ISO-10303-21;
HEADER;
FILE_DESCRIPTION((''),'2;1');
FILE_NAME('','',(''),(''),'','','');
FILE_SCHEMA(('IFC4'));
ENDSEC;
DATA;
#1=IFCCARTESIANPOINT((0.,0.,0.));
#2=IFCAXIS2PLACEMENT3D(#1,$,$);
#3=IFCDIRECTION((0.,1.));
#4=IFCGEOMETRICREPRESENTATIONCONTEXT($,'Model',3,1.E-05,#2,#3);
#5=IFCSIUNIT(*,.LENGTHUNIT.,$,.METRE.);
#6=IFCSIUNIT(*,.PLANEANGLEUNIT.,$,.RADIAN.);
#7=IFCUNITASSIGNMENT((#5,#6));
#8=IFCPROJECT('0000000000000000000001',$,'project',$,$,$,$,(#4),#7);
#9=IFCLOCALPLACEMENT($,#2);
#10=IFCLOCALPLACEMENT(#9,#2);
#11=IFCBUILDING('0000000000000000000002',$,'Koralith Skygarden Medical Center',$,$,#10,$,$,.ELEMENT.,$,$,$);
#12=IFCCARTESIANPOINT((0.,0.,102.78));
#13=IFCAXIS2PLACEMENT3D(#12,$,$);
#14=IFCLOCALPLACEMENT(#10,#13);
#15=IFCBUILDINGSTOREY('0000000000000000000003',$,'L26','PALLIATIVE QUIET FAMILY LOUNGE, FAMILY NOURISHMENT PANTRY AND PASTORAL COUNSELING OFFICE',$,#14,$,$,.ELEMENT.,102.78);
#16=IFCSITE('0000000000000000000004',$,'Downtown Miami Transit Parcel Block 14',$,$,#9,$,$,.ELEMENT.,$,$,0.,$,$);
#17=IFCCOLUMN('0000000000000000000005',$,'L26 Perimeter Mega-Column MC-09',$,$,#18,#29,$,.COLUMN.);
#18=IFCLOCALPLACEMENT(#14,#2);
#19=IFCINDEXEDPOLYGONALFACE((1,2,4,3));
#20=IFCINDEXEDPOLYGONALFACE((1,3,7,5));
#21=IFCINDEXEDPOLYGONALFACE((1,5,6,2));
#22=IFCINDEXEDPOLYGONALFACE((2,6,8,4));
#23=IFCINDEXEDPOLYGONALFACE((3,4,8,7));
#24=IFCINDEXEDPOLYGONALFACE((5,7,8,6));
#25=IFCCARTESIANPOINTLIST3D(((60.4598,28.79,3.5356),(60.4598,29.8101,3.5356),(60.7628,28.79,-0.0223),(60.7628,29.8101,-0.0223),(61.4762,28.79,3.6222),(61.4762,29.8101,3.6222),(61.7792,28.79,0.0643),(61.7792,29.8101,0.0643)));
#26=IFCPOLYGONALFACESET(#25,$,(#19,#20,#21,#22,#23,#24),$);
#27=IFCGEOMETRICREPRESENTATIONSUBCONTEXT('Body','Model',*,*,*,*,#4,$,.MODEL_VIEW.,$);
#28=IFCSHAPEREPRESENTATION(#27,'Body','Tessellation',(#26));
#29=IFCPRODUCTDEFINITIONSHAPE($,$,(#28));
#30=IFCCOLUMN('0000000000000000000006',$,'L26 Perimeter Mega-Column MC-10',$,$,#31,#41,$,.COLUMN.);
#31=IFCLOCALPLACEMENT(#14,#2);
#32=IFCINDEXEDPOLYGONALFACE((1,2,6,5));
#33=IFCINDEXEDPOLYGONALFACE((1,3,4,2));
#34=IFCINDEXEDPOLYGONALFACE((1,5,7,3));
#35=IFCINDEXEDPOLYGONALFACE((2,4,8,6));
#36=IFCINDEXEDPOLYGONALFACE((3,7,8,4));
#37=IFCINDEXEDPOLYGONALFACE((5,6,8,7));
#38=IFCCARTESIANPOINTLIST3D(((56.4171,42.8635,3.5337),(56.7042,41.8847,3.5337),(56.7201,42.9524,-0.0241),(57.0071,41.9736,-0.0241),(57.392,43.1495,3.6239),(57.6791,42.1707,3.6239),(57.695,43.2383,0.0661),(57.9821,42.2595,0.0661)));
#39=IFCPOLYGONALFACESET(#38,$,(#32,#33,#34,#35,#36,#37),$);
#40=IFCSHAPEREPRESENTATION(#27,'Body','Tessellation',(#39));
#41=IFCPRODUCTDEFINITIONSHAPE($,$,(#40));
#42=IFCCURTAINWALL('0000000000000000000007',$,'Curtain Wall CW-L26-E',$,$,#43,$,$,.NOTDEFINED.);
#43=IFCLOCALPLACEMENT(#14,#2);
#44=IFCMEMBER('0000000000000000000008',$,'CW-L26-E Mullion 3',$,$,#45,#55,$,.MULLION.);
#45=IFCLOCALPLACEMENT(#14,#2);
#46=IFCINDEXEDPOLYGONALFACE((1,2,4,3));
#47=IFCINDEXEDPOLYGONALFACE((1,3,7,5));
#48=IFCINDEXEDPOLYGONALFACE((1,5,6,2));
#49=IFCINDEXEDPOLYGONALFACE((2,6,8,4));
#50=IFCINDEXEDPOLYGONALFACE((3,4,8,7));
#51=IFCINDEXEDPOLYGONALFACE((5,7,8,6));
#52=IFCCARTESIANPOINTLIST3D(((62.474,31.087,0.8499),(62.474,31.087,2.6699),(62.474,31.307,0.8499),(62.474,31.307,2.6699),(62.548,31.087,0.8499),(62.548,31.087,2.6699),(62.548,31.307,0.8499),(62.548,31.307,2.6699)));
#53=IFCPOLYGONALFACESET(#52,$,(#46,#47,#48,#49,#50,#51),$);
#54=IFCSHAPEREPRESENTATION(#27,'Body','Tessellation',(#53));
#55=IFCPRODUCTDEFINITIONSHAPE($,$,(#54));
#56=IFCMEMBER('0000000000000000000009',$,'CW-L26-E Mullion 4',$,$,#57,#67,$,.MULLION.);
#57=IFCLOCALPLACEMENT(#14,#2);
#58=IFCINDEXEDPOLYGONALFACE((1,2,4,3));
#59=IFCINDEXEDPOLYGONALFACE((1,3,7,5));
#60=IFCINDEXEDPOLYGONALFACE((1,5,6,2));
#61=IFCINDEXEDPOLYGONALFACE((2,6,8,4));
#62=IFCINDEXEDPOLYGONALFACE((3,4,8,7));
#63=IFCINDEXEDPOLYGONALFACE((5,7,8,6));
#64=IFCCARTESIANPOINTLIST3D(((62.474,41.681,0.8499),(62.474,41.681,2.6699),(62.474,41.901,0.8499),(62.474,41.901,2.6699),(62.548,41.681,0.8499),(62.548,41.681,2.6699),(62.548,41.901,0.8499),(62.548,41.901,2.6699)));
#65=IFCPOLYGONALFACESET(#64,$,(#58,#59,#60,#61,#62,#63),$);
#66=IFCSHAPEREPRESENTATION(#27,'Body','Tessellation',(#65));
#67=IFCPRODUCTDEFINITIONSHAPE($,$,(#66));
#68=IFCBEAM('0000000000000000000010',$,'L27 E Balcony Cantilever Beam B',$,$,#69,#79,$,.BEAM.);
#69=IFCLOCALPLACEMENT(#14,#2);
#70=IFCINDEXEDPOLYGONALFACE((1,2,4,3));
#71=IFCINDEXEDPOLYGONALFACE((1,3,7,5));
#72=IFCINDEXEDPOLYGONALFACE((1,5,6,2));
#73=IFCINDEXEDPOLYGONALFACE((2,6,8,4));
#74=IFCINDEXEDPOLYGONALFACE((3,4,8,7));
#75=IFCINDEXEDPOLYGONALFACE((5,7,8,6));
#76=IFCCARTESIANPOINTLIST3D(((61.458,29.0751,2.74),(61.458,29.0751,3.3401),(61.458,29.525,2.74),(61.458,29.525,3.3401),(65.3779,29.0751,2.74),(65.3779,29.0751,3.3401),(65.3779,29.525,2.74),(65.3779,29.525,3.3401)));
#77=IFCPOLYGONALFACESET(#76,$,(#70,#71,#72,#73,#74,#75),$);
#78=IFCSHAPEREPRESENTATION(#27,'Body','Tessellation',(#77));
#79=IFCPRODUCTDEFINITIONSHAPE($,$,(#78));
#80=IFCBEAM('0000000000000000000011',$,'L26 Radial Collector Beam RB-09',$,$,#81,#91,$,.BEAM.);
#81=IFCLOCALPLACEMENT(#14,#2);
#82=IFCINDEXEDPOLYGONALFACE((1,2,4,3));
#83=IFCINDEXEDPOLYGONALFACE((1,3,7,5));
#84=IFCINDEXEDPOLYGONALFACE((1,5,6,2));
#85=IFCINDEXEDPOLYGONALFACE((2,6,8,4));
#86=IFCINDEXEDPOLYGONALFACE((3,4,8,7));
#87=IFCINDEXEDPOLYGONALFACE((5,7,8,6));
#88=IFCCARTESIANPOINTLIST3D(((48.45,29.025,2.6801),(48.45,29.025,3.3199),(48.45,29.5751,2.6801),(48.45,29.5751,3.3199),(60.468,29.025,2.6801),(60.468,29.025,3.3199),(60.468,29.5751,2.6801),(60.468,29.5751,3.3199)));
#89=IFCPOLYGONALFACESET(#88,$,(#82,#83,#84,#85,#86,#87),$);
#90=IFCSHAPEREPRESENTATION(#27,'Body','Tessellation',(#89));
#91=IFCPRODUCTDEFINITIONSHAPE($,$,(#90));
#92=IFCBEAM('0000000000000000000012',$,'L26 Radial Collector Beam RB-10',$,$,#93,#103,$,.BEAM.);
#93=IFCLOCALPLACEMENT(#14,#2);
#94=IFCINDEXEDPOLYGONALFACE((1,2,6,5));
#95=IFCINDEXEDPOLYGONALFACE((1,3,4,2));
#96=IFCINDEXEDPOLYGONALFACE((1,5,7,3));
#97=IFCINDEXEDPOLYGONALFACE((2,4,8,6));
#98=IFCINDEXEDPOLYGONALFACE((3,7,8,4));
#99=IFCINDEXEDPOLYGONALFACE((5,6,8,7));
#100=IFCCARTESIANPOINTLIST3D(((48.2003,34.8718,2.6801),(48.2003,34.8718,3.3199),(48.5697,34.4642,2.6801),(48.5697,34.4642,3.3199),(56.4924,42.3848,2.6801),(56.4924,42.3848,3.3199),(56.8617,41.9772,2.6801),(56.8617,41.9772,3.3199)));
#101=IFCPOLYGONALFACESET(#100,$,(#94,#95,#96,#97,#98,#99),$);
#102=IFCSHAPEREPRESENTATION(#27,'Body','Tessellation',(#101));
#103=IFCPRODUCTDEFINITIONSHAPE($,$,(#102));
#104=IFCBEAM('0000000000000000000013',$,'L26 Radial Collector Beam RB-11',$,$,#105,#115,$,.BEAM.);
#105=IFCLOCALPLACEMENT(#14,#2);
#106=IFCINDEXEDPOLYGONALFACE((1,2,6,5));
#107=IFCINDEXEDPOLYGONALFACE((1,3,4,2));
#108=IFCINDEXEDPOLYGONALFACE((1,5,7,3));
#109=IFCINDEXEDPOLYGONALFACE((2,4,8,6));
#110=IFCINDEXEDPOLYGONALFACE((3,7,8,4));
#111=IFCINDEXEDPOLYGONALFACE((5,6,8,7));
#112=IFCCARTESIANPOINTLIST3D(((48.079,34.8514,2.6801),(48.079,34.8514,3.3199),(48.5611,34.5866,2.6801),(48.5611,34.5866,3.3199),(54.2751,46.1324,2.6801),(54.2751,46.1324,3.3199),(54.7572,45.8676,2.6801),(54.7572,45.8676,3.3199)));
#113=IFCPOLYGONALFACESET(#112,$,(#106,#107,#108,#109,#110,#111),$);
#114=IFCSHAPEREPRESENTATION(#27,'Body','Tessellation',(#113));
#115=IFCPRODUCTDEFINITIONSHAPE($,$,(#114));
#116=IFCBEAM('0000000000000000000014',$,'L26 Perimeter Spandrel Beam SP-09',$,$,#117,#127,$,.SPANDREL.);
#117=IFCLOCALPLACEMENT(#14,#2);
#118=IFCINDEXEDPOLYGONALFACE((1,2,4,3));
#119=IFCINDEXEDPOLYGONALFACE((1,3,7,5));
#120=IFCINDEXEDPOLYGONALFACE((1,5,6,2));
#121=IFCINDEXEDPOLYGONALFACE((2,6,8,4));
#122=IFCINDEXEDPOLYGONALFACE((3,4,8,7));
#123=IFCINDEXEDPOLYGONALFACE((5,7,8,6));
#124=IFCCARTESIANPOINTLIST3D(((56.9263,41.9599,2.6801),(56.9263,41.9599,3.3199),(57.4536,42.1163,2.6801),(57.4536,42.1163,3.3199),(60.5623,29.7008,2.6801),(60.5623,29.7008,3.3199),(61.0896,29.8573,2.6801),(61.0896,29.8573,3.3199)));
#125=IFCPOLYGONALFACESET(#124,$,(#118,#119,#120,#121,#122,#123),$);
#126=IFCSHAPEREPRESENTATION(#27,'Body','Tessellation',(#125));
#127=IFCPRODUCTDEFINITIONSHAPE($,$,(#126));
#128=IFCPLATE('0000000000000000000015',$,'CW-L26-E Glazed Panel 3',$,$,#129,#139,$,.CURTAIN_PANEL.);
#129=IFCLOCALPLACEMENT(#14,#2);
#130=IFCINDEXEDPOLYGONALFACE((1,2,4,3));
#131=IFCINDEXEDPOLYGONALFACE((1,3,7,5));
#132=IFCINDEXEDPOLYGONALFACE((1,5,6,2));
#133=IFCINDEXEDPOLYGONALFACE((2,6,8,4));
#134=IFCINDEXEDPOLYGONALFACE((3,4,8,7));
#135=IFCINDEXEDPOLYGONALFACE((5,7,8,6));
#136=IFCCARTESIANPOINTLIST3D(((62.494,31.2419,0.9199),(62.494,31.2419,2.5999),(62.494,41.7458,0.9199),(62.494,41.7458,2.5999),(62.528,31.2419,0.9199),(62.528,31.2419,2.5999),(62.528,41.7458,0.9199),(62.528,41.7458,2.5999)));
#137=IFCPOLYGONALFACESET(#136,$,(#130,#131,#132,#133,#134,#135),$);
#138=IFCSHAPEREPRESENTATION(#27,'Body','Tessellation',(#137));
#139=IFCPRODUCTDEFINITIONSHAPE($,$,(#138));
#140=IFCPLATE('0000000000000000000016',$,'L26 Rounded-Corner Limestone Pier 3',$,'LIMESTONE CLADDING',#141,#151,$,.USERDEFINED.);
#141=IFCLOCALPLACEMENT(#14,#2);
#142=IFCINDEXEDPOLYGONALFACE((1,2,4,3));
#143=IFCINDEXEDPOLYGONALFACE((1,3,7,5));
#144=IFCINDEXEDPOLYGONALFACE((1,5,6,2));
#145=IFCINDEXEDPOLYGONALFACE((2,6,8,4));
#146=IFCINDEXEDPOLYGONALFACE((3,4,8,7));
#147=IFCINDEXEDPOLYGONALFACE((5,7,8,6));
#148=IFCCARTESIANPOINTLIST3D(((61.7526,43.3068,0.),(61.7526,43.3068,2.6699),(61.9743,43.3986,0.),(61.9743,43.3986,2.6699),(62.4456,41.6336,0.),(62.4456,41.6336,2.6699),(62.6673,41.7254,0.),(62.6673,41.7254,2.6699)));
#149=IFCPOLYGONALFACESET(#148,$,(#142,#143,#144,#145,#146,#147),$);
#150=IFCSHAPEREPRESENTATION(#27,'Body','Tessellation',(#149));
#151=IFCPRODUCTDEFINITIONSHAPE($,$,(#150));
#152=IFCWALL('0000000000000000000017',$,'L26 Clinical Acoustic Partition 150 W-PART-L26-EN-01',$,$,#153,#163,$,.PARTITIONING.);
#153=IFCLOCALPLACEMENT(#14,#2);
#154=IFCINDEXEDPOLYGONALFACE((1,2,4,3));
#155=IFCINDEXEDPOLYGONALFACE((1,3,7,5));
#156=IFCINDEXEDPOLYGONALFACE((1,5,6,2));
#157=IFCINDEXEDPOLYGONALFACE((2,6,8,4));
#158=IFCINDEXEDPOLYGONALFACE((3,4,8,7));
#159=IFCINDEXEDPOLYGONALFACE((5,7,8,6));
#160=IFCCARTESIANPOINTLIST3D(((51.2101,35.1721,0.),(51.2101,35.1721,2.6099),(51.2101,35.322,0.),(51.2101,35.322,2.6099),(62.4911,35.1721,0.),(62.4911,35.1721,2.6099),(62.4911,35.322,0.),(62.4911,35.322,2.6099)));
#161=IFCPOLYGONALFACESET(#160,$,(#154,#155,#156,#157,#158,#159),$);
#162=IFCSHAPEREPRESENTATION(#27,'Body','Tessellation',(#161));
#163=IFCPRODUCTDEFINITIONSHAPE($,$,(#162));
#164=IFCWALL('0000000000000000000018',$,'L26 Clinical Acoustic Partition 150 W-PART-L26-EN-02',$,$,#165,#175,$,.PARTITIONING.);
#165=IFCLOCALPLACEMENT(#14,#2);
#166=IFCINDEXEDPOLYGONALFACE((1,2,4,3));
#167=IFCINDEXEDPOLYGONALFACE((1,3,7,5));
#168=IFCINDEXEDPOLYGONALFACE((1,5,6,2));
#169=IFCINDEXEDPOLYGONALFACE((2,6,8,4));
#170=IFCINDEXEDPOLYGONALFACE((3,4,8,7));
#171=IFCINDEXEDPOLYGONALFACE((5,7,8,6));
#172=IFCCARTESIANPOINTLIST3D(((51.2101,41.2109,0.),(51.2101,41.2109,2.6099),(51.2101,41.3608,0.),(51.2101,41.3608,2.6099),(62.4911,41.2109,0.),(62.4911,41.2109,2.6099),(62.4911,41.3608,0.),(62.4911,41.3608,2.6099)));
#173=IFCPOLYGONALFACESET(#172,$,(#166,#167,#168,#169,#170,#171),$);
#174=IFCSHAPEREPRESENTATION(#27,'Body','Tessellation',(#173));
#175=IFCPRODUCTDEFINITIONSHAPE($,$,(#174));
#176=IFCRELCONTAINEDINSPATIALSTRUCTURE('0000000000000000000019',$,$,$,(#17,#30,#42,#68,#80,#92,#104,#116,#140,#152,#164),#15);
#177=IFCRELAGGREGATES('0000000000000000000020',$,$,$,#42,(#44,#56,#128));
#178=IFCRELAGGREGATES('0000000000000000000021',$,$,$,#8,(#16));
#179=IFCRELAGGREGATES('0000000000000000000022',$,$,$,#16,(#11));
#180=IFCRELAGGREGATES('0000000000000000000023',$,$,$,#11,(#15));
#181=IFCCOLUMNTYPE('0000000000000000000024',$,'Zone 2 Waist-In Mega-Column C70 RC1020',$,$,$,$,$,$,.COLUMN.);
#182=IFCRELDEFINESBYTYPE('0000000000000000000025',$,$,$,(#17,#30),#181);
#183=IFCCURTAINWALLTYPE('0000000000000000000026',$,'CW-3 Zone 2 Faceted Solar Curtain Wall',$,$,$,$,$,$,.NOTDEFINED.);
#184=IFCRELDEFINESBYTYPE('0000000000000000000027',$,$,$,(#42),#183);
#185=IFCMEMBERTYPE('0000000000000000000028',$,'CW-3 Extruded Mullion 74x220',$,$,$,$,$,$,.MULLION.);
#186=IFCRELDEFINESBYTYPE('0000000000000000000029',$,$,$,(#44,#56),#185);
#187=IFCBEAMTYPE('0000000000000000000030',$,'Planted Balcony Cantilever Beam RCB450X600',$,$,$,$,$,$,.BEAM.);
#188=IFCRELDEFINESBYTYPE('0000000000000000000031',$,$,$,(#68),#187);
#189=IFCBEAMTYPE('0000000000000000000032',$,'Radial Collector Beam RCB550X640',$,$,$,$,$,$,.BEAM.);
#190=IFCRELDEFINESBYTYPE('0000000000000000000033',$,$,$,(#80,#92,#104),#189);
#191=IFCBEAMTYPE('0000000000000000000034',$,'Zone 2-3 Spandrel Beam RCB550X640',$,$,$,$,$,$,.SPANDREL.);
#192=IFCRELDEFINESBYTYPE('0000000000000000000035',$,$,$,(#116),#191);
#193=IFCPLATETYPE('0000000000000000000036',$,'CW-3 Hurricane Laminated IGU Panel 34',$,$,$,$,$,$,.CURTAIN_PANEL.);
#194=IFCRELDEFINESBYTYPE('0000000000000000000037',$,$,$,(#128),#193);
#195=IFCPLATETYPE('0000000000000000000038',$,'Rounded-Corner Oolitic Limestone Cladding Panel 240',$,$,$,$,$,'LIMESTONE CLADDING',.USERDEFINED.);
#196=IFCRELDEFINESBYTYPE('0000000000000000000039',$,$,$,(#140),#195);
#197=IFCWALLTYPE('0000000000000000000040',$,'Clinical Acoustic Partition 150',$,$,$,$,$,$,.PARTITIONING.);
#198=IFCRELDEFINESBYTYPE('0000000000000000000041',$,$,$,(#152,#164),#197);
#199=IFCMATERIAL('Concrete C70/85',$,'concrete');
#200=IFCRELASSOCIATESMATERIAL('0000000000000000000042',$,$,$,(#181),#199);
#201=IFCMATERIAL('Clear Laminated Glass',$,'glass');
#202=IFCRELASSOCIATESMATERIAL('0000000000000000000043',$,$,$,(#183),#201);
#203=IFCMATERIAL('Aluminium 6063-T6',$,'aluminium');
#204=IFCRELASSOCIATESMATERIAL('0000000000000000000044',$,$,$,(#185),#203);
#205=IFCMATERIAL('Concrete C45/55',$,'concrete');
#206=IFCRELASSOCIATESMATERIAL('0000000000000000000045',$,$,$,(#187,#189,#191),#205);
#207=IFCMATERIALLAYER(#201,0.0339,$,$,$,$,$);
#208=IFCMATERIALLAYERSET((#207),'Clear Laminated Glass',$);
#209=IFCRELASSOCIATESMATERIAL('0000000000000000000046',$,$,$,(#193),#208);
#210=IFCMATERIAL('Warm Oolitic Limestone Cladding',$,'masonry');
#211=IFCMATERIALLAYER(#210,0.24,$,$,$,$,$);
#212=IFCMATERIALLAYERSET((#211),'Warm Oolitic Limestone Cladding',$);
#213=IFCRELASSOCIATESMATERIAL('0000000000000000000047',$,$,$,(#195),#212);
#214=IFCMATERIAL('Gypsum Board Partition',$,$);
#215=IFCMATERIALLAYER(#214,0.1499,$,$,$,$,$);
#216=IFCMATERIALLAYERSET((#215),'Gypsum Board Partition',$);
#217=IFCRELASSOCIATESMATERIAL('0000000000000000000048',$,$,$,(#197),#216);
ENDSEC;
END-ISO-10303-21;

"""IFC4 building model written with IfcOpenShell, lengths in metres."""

from ifc_helpers import new_model, si_unit, direction, frame, frame_2d, origin, origin_2d, place, context, subcontext, project, spatial, rectangle, extrude, material, layer, layer_set, material_profile, profile_set, type_object, element, aggregate, save


model = new_model("IFC4")

# Units and contexts
model_context = context("Model", 3, precision=1e-05, world=origin(), true_north=direction((0.0, 1.0)))
body_context = subcontext(model_context, "Body", "Model", "MODEL_VIEW")
ifc_project = project(units=[si_unit("LENGTHUNIT", "METRE"), si_unit("PLANEANGLEUNIT", "RADIAN")], contexts=[model_context])

# Site, building, storey
site_placement = place(None, origin())
site = spatial("IfcSite", under=ifc_project, at=site_placement, Name="Downtown Miami Transit Parcel Block 14", CompositionType="ELEMENT", RefElevation=0.0)
building_placement = place(site_placement, origin())
building = spatial("IfcBuilding", under=site, at=building_placement, Name="Koralith Skygarden Medical Center", CompositionType="ELEMENT")
storey_placement = place(building_placement, frame((0.0, 0.0, 102.78)))
storey = spatial("IfcBuildingStorey", under=building, at=storey_placement, Name="L26", Description="PALLIATIVE QUIET FAMILY LOUNGE, FAMILY NOURISHMENT PANTRY AND PASTORAL COUNSELING OFFICE", CompositionType="ELEMENT", Elevation=102.78)

# Columns
ifc_material_1 = material(Name="Concrete C70/85", Category="concrete")
ifc_material_profile_1 = material_profile(ifc_material_1, rectangle(XDim=1.02, YDim=1.02, at=origin_2d()), Name="RC1020X1020")
ifc_profile_set_1 = profile_set([ifc_material_profile_1], Name="Concrete C70/85")
column_type = type_object("IfcColumnType", Name="Zone 2 Waist-In Mega-Column C70 RC1020", PredefinedType="COLUMN", material=ifc_profile_set_1)
column_1_placement = place(storey_placement, frame((61.271, 29.3, 0.021), z_axis=(-0.08485, 0.0, 0.996394), x_axis=(0.0, -1.0, 0.0)))
element("IfcColumn", 1, at=column_1_placement, inside=storey, type_object=column_type, Name="L26 Perimeter Mega-Column MC-09", PredefinedType="COLUMN", context=body_context, shape_type="SweptSolid", body=[
    extrude(rectangle(XDim=1.02, YDim=1.02, at=origin_2d()), origin(), (0.0, 0.0, 1.0), 3.5708),
])
column_2_placement = place(storey_placement, frame((57.3511, 42.606, 0.021), z_axis=(-0.084824, -0.02488, 0.996085), x_axis=(0.281455, -0.959575, 0.0)))
element("IfcColumn", 2, at=column_2_placement, inside=storey, type_object=column_type, Name="L26 Perimeter Mega-Column MC-10", PredefinedType="COLUMN", context=body_context, shape_type="SweptSolid", body=[
    extrude(rectangle(XDim=1.02, YDim=1.02, at=origin_2d()), origin(), (0.0, 0.0, 1.0), 3.5718),
])

# Curtain wall, members
ifc_material_2 = material(Name="Clear Laminated Glass", Category="glass")
curtain_wall_type = type_object("IfcCurtainWallType", Name="CW-3 Zone 2 Faceted Solar Curtain Wall", PredefinedType="NOTDEFINED", material=ifc_material_2)
curtain_wall_placement = place(storey_placement, origin())
curtain_wall = element("IfcCurtainWall", 3, at=curtain_wall_placement, inside=storey, type_object=curtain_wall_type, Name="Curtain Wall CW-L26-E", PredefinedType="NOTDEFINED")
ifc_material_3 = material(Name="Aluminium 6063-T6", Category="aluminium")
ifc_material_profile_2 = material_profile(ifc_material_3, rectangle(XDim=0.074, YDim=0.22, at=origin_2d()), Name="MUL74X220")
ifc_profile_set_2 = profile_set([ifc_material_profile_2], Name="Aluminium 6063-T6")
member_type = type_object("IfcMemberType", Name="CW-3 Extruded Mullion 74x220", PredefinedType="MULLION", material=ifc_profile_set_2)
member_1_placement = place(storey_placement, frame((62.511, 31.197, 0.8499), z_axis=(0.0, 0.0, 1.0), x_axis=(1.0, 0.0, 0.0)))
member_1 = element("IfcMember", 4, at=member_1_placement, type_object=member_type, Name="CW-L26-E Mullion 3", PredefinedType="MULLION", context=body_context, shape_type="SweptSolid", body=[
    extrude(rectangle(XDim=0.074, YDim=0.22, at=origin_2d()), origin(), (0.0, 0.0, 1.0), 1.8201),
])
member_2_placement = place(storey_placement, frame((62.511, 41.791, 0.8499), z_axis=(0.0, 0.0, 1.0), x_axis=(1.0, 0.0, 0.0)))
member_2 = element("IfcMember", 5, at=member_2_placement, type_object=member_type, Name="CW-L26-E Mullion 4", PredefinedType="MULLION", context=body_context, shape_type="SweptSolid", body=[
    extrude(rectangle(XDim=0.074, YDim=0.22, at=origin_2d()), origin(), (0.0, 0.0, 1.0), 1.8201),
])

# Beams
ifc_material_4 = material(Name="Concrete C45/55", Category="concrete")
ifc_material_profile_3 = material_profile(ifc_material_4, rectangle(XDim=0.45, YDim=0.6001, at=origin_2d()), Name="RCB450X600")
ifc_profile_set_3 = profile_set([ifc_material_profile_3], Name="Concrete C45/55")
beam_type_1 = type_object("IfcBeamType", Name="Planted Balcony Cantilever Beam RCB450X600", PredefinedType="BEAM", material=ifc_profile_set_3)
beam_1_placement = place(storey_placement, frame((61.458, 29.3, 3.04), z_axis=(1.0, 0.0, 0.0), x_axis=(0.0, 1.0, 0.0)))
element("IfcBeam", 6, at=beam_1_placement, inside=storey, type_object=beam_type_1, Name="L27 E Balcony Cantilever Beam B", PredefinedType="BEAM", context=body_context, shape_type="SweptSolid", body=[
    extrude(rectangle(XDim=0.45, YDim=0.6001, at=origin_2d()), origin(), (0.0, 0.0, 1.0), 3.9199),
])
ifc_material_profile_4 = material_profile(ifc_material_4, rectangle(XDim=0.55, YDim=0.6399, at=origin_2d()), Name="RCB550X640")
ifc_profile_set_4 = profile_set([ifc_material_profile_4], Name="Concrete C45/55")
beam_type_2 = type_object("IfcBeamType", Name="Radial Collector Beam RCB550X640", PredefinedType="BEAM", material=ifc_profile_set_4)
beam_2_placement = place(storey_placement, frame((48.45, 29.3, 3.0), z_axis=(1.0, 0.0, 0.0), x_axis=(0.0, 1.0, 0.0)))
element("IfcBeam", 7, at=beam_2_placement, inside=storey, type_object=beam_type_2, Name="L26 Radial Collector Beam RB-09", PredefinedType="BEAM", context=body_context, shape_type="SweptSolid", body=[
    extrude(rectangle(XDim=0.55, YDim=0.6399, at=origin_2d()), origin(), (0.0, 0.0, 1.0), 12.0181),
])
beam_3_placement = place(storey_placement, frame((48.385, 34.668, 3.0), z_axis=(0.741062, 0.671437, 0.0), x_axis=(-0.671437, 0.741062, 0.0)))
element("IfcBeam", 8, at=beam_3_placement, inside=storey, type_object=beam_type_2, Name="L26 Radial Collector Beam RB-10", PredefinedType="BEAM", context=body_context, shape_type="SweptSolid", body=[
    extrude(rectangle(XDim=0.55, YDim=0.6399, at=origin_2d()), origin(), (0.0, 0.0, 1.0), 11.1895),
])
beam_4_placement = place(storey_placement, frame((48.3201, 34.719, 3.0), z_axis=(0.481411, 0.876495, 0.0), x_axis=(-0.876495, 0.481411, 0.0)))
element("IfcBeam", 9, at=beam_4_placement, inside=storey, type_object=beam_type_2, Name="L26 Radial Collector Beam RB-11", PredefinedType="BEAM", context=body_context, shape_type="SweptSolid", body=[
    extrude(rectangle(XDim=0.55, YDim=0.6399, at=origin_2d()), origin(), (0.0, 0.0, 1.0), 12.8706),
])
ifc_material_profile_5 = material_profile(ifc_material_4, rectangle(XDim=0.55, YDim=0.6399, at=origin_2d()), Name="RCB550X640")
ifc_profile_set_5 = profile_set([ifc_material_profile_5], Name="Concrete C45/55")
beam_type_3 = type_object("IfcBeamType", Name="Zone 2-3 Spandrel Beam RCB550X640", PredefinedType="SPANDREL", material=ifc_profile_set_5)
beam_5_placement = place(storey_placement, frame((60.8259, 29.7791, 3.0), z_axis=(-0.284353, 0.95872, 0.0), x_axis=(-0.95872, -0.284353, 0.0)))
element("IfcBeam", 10, at=beam_5_placement, inside=storey, type_object=beam_type_3, Name="L26 Perimeter Spandrel Beam SP-09", PredefinedType="SPANDREL", context=body_context, shape_type="SweptSolid", body=[
    extrude(rectangle(XDim=0.55, YDim=0.6399, at=origin_2d()), origin(), (0.0, 0.0, 1.0), 12.7869),
])

# Plates
ifc_layer_1 = layer(ifc_material_2, 0.0339)
ifc_layer_set_1 = layer_set([ifc_layer_1], Name="Clear Laminated Glass")
plate_type_1 = type_object("IfcPlateType", Name="CW-3 Hurricane Laminated IGU Panel 34", PredefinedType="CURTAIN_PANEL", material=ifc_layer_set_1)
plate_1_placement = place(storey_placement, frame((62.511, 36.4939, 0.9199), z_axis=(0.0, 0.0, 1.0), x_axis=(0.0, 1.0, 0.0)))
plate_1 = element("IfcPlate", 11, at=plate_1_placement, type_object=plate_type_1, Name="CW-L26-E Glazed Panel 3", PredefinedType="CURTAIN_PANEL", context=body_context, shape_type="SweptSolid", body=[
    extrude(rectangle(XDim=10.5039, YDim=0.0339, at=origin_2d()), origin(), (0.0, 0.0, 1.0), 1.6799),
])
aggregate(curtain_wall, [member_1, member_2, plate_1])
ifc_material_5 = material(Name="Warm Oolitic Limestone Cladding", Category="masonry")
ifc_layer_2 = layer(ifc_material_5, 0.24)
ifc_layer_set_2 = layer_set([ifc_layer_2], Name="Warm Oolitic Limestone Cladding")
plate_type_2 = type_object("IfcPlateType", Name="Rounded-Corner Oolitic Limestone Cladding Panel 240", ElementType="LIMESTONE CLADDING", PredefinedType="USERDEFINED", material=ifc_layer_set_2)
plate_2_placement = place(storey_placement, frame((62.21, 42.5161, 0.0), z_axis=(0.0, 0.0, 1.0), x_axis=(-0.382671, 0.923885, 0.0)))
element("IfcPlate", 12, at=plate_2_placement, inside=storey, type_object=plate_type_2, Name="L26 Rounded-Corner Limestone Pier 3", ObjectType="LIMESTONE CLADDING", PredefinedType="USERDEFINED", context=body_context, shape_type="SweptSolid", body=[
    extrude(rectangle(XDim=1.811, YDim=0.24, at=origin_2d()), origin(), (0.0, 0.0, 1.0), 2.6699),
])

# Walls
ifc_material_6 = material(Name="Gypsum Board Partition")
ifc_layer_3 = layer(ifc_material_6, 0.1499)
ifc_layer_set_3 = layer_set([ifc_layer_3], Name="Gypsum Board Partition")
wall_type_1 = type_object("IfcWallType", Name="Clinical Acoustic Partition 150", PredefinedType="PARTITIONING", material=ifc_layer_set_3)
for number, where, z_axis, x_axis, name in (
    (13, (51.21, 35.2471, 0.0), (0.0, 0.0, 1.0), (1.0, 0.0, 0.0), "L26 Clinical Acoustic Partition 150 W-PART-L26-EN-01"),
    (14, (51.21, 41.2859, 0.0), (0.0, 0.0, 1.0), (1.0, 0.0, 0.0), "L26 Clinical Acoustic Partition 150 W-PART-L26-EN-02"),
):
    element("IfcWall", number, at=place(storey_placement, frame(where, z_axis=z_axis, x_axis=x_axis)), inside=storey, type_object=wall_type_1, Name=name, PredefinedType="PARTITIONING", context=body_context, shape_type="SweptSolid", body=[
        extrude(rectangle(XDim=11.281, YDim=0.1499, at=frame_2d((5.6406, 0.0))), origin(), (0.0, 0.0, 1.0), 2.6099),
    ])

save(model, "model.ifc")
